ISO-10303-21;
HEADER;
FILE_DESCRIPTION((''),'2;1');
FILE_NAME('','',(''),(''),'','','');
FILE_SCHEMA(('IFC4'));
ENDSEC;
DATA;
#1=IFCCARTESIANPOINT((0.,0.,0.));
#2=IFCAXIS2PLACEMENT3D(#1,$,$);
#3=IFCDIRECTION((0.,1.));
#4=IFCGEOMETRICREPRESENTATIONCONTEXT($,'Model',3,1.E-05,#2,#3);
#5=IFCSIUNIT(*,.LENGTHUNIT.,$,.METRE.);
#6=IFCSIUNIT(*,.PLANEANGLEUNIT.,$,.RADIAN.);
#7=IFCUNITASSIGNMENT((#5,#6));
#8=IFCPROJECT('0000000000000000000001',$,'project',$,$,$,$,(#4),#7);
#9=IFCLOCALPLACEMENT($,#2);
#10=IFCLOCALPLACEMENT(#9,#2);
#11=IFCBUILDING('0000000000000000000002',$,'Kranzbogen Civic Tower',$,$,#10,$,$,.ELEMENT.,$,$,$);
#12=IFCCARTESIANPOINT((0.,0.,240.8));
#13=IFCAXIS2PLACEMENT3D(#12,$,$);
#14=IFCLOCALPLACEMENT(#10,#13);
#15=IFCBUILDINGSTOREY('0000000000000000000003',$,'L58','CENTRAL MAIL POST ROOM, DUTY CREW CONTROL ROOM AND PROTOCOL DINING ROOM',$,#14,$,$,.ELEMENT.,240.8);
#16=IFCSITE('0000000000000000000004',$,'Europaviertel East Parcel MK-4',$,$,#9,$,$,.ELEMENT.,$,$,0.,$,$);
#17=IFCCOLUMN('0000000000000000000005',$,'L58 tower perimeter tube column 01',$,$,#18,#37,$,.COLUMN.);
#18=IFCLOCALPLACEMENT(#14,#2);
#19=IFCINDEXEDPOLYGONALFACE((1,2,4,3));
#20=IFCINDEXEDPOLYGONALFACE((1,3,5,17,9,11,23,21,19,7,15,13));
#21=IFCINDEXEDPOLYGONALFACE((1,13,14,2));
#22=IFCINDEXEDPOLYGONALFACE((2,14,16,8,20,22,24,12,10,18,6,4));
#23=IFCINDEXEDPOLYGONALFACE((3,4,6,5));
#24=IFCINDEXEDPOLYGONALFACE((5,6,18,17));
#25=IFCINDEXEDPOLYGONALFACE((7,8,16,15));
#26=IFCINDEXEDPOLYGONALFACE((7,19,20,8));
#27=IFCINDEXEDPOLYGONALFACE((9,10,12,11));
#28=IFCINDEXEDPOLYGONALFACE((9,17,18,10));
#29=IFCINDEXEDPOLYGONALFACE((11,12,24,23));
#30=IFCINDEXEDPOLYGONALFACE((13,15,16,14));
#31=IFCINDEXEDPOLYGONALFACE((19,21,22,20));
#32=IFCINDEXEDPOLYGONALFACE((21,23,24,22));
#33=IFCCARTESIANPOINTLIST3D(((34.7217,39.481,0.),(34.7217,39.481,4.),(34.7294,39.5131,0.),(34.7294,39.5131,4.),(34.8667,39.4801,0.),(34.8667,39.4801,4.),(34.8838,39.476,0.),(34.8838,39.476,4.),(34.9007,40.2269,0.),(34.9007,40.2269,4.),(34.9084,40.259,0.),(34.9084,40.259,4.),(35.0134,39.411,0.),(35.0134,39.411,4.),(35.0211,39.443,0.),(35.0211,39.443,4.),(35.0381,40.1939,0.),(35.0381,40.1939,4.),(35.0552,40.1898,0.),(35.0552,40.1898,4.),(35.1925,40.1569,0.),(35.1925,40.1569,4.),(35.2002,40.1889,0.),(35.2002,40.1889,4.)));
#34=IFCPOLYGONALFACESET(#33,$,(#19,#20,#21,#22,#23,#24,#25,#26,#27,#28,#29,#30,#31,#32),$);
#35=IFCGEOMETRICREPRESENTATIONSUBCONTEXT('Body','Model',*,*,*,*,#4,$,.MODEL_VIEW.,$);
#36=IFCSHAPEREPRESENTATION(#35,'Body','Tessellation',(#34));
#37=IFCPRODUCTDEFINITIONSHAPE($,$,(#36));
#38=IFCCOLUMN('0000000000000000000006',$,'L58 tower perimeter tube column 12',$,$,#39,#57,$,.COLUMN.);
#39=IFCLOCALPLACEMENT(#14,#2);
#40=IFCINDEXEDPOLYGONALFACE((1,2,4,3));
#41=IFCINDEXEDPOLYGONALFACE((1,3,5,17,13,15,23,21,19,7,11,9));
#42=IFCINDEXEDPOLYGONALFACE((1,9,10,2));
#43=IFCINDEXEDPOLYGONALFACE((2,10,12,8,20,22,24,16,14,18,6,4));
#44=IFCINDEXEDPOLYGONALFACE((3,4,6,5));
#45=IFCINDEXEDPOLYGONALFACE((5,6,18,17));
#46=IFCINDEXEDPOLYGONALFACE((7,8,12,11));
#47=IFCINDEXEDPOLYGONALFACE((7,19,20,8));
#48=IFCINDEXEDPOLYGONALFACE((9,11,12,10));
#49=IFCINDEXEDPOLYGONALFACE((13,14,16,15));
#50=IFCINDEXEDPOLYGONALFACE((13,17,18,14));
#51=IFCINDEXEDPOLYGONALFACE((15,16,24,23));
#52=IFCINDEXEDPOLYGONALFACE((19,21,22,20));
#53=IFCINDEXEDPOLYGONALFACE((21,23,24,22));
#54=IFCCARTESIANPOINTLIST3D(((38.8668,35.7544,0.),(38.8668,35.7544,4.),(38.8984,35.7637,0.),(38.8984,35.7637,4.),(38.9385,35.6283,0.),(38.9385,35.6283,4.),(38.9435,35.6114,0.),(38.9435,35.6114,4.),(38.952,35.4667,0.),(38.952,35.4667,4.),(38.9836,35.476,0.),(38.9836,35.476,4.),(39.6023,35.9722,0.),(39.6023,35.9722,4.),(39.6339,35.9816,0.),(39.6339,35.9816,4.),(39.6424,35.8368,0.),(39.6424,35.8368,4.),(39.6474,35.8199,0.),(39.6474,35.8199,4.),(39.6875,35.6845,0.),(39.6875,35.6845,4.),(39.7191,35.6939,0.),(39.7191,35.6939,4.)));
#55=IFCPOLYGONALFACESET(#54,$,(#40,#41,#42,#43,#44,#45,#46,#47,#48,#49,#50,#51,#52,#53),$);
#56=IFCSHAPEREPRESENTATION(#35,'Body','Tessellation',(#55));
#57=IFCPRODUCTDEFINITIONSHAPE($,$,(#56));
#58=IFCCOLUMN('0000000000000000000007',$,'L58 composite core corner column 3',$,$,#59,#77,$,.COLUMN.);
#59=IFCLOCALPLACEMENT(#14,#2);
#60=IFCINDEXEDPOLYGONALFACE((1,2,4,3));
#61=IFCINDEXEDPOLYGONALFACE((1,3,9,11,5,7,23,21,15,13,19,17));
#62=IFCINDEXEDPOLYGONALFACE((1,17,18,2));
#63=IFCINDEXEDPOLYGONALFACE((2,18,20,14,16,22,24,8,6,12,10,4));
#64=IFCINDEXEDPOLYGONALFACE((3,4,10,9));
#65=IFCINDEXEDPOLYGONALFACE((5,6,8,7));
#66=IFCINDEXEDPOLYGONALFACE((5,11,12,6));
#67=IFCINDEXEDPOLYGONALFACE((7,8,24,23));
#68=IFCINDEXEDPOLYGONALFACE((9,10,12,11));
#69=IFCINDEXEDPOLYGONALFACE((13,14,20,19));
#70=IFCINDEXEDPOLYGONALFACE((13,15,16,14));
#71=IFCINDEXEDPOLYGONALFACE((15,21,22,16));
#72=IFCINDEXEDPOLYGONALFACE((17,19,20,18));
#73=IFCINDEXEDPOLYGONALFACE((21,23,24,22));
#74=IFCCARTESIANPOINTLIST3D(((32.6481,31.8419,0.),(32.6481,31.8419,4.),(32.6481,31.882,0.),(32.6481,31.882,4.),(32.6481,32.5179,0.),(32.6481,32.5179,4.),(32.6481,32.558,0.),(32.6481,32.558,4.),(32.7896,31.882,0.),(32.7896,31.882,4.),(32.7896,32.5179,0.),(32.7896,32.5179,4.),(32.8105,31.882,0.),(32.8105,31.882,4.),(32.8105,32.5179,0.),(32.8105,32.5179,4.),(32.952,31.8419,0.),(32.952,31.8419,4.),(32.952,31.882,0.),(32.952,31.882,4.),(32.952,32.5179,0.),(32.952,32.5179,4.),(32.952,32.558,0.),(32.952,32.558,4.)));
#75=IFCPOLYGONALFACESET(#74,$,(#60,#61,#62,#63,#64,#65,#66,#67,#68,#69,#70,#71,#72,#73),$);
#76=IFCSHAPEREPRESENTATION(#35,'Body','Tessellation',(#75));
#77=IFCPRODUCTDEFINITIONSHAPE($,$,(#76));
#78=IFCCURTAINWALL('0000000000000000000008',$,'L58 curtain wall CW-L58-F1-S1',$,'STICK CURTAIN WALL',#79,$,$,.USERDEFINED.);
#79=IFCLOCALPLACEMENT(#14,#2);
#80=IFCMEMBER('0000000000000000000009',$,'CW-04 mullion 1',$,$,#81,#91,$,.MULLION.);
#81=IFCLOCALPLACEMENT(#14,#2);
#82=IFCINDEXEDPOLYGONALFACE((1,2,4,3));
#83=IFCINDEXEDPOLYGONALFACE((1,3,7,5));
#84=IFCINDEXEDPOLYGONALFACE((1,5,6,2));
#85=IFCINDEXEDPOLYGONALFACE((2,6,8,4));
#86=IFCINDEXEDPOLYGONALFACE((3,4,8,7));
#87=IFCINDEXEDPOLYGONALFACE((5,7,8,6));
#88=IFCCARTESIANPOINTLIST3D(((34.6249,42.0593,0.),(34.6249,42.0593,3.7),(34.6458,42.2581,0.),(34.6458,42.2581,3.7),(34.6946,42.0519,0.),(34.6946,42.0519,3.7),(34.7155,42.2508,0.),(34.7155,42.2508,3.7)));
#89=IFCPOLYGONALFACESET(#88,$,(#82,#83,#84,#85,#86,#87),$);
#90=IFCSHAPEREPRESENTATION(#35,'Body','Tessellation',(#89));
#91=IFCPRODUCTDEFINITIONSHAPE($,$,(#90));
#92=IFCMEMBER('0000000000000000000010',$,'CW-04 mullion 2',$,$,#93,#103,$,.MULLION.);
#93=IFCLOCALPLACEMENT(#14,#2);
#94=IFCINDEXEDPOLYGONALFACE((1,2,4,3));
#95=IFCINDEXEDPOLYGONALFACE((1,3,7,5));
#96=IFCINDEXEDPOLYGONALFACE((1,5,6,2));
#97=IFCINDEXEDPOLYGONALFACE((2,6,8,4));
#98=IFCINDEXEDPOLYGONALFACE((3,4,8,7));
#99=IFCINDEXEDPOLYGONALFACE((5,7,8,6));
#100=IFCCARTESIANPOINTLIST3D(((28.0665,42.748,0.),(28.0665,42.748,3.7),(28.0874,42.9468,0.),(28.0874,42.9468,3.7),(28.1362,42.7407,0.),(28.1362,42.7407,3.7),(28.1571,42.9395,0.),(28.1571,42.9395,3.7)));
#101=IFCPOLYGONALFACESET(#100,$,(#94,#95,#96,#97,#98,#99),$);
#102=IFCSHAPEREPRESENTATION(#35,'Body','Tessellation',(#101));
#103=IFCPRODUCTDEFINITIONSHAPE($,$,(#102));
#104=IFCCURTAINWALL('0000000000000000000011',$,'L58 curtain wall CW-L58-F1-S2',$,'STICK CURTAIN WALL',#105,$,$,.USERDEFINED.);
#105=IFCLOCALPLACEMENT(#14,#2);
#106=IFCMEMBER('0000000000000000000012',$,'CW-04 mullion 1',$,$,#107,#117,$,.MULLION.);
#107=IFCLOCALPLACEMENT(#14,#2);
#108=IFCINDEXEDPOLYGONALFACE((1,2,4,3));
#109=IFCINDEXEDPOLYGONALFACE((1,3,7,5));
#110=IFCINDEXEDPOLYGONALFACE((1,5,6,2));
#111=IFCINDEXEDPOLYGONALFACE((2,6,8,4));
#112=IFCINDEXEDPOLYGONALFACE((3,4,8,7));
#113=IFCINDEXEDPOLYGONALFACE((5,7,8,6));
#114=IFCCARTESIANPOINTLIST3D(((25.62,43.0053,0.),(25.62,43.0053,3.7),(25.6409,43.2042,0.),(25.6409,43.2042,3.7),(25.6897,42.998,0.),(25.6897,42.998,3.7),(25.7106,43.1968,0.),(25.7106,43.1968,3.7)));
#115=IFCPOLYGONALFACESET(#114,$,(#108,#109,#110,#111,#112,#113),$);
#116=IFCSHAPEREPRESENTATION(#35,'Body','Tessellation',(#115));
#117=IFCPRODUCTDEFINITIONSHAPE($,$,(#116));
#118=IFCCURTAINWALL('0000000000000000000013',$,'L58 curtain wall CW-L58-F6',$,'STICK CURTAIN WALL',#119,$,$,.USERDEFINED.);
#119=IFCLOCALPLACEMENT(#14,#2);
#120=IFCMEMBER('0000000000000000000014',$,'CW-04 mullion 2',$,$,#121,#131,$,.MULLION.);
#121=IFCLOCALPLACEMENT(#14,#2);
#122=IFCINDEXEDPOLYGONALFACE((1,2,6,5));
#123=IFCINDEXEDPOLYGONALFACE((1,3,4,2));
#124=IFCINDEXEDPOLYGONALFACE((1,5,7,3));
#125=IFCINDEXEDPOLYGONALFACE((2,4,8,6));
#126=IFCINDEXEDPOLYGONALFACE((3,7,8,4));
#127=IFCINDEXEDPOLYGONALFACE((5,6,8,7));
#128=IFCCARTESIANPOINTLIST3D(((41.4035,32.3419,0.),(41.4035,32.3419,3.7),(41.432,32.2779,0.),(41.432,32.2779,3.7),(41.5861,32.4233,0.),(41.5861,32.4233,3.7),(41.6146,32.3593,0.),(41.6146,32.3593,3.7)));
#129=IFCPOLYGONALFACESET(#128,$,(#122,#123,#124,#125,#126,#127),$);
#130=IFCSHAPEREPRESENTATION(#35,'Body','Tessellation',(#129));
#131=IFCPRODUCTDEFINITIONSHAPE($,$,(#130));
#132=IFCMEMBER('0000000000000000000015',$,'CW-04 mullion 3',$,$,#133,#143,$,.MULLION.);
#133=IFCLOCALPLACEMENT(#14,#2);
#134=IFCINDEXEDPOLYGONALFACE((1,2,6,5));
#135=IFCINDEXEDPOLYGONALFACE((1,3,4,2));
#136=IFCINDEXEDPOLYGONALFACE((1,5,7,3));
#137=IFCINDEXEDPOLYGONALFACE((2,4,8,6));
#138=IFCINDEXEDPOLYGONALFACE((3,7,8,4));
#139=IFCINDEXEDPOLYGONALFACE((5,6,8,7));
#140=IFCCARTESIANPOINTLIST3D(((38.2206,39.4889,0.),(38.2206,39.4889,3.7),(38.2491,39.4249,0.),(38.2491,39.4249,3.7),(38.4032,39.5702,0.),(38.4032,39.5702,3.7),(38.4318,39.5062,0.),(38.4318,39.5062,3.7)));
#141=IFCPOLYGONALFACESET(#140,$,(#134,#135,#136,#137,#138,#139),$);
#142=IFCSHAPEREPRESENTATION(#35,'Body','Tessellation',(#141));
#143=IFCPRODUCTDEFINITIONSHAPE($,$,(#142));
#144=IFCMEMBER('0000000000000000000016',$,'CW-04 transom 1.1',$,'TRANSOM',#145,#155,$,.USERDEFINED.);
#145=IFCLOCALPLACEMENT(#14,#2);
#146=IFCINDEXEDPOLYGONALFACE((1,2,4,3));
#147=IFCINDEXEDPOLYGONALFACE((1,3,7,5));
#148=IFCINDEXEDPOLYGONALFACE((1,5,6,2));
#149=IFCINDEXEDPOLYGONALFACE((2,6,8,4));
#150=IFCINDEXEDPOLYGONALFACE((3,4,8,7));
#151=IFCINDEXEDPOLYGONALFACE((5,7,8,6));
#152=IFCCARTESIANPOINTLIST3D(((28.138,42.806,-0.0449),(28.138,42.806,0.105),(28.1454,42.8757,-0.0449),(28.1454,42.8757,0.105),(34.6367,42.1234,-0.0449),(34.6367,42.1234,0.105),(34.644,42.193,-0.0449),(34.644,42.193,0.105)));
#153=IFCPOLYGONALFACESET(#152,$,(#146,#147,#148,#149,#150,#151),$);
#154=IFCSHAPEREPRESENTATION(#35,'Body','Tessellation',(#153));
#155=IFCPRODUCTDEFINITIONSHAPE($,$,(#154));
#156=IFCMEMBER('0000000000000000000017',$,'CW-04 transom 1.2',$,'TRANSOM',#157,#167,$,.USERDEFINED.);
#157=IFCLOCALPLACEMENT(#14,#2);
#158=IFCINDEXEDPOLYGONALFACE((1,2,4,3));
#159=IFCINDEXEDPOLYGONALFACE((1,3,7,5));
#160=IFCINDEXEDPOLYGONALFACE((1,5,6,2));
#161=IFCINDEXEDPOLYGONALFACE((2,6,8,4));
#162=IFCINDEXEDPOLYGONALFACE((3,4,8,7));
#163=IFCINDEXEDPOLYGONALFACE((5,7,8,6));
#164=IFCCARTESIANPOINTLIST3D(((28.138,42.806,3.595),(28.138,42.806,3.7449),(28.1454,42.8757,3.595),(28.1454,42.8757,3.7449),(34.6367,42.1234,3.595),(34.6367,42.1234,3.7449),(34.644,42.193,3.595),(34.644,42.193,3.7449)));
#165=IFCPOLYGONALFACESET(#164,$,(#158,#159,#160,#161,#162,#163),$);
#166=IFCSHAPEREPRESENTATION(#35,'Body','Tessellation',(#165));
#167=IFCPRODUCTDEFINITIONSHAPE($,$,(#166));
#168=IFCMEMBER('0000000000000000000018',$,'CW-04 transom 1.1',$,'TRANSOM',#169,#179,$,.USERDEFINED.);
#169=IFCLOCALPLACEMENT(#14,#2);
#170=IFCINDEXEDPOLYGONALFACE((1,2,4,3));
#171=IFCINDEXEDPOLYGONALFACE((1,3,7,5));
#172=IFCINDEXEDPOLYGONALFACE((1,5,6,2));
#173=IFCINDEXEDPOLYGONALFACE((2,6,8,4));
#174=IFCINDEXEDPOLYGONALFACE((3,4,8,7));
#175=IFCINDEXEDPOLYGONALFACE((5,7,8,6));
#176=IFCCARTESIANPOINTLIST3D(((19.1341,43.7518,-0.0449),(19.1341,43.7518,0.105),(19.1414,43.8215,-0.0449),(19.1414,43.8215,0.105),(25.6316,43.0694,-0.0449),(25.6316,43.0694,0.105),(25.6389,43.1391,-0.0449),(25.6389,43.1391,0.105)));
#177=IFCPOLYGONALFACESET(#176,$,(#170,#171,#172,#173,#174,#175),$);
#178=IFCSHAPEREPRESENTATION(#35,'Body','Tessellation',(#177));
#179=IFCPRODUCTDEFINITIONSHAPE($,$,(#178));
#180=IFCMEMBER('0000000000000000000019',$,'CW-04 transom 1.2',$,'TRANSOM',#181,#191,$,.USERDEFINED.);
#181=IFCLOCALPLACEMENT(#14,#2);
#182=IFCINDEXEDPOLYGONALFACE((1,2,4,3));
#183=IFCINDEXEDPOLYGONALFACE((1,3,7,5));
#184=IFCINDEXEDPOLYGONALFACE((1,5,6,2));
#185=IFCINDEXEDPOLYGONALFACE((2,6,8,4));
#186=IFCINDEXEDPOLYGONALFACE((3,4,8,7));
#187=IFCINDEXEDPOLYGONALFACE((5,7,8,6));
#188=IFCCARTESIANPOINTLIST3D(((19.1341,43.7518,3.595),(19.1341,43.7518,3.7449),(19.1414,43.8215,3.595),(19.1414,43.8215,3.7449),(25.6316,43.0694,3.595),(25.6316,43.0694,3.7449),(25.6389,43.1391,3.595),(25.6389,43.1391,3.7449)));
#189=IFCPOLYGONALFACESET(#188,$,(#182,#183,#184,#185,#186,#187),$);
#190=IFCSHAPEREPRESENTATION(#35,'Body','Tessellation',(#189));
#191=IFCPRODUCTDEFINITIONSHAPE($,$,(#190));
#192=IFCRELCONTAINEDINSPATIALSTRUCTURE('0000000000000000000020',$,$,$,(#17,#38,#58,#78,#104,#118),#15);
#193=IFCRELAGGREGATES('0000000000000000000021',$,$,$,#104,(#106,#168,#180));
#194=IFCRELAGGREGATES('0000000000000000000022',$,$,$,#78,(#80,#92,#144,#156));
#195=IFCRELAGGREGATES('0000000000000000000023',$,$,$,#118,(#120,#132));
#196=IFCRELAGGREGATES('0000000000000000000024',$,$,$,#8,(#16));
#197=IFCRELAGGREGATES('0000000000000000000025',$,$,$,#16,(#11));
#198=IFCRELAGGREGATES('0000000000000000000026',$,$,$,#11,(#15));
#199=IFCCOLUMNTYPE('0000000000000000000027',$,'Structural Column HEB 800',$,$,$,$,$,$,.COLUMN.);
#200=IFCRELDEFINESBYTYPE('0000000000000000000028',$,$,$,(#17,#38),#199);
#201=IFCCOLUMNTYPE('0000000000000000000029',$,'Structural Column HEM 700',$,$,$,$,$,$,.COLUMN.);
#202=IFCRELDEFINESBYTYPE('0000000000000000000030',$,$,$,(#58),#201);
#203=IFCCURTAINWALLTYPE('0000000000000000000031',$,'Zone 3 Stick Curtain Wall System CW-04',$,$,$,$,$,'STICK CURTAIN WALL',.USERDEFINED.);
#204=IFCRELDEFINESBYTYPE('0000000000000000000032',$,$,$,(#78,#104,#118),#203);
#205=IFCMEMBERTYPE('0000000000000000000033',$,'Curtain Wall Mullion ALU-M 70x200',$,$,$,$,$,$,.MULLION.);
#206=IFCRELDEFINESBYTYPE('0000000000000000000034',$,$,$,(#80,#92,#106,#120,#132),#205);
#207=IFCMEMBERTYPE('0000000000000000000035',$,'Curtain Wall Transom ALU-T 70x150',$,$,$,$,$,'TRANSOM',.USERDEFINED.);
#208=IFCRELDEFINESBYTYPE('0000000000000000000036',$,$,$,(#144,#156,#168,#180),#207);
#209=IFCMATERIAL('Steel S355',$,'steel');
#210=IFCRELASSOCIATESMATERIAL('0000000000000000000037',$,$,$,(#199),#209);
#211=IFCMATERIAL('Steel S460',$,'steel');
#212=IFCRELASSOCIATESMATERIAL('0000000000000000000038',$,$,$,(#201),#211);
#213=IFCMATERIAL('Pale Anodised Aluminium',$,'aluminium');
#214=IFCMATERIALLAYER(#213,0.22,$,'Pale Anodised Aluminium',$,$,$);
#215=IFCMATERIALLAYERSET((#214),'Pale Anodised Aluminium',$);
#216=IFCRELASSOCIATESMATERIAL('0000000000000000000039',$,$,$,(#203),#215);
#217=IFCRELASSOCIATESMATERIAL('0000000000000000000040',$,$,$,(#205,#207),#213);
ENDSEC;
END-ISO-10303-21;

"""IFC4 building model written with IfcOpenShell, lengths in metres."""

from ifc_helpers import new_model, si_unit, direction, frame, origin, origin_2d, place, context, subcontext, project, spatial, rectangle, i_section, extrude, material, layer, layer_set, material_profile, profile_set, type_object, element, aggregate, save


model = new_model("IFC4")

# Units and contexts
model_context = context("Model", 3, precision=1e-05, world=origin(), true_north=direction((0.0, 1.0)))
body_context = subcontext(model_context, "Body", "Model", "MODEL_VIEW")
ifc_project = project(units=[si_unit("LENGTHUNIT", "METRE"), si_unit("PLANEANGLEUNIT", "RADIAN")], contexts=[model_context])

# Site, building, storey
site_placement = place(None, origin())
site = spatial("IfcSite", under=ifc_project, at=site_placement, Name="Europaviertel East Parcel MK-4", CompositionType="ELEMENT", RefElevation=0.0)
building_placement = place(site_placement, origin())
building = spatial("IfcBuilding", under=site, at=building_placement, Name="Kranzbogen Civic Tower", CompositionType="ELEMENT")
storey_placement = place(building_placement, frame((0.0, 0.0, 240.8)))
storey = spatial("IfcBuildingStorey", under=building, at=storey_placement, Name="L58", Description="CENTRAL MAIL POST ROOM, DUTY CREW CONTROL ROOM AND PROTOCOL DINING ROOM", CompositionType="ELEMENT", Elevation=240.8)

# Columns
ifc_material_1 = material(Name="Steel S355", Category="steel")
ifc_material_profile_1 = material_profile(ifc_material_1, i_section(OverallWidth=0.3, OverallDepth=0.8, WebThickness=0.0176, FlangeThickness=0.033, at=origin_2d()), Name="HEB 800")
ifc_profile_set_1 = profile_set([ifc_material_profile_1], Name="Steel S355")
column_type_1 = type_object("IfcColumnType", Name="Structural Column HEB 800", PredefinedType="COLUMN", material=ifc_profile_set_1)
for number, where, z_axis, x_axis, name in (
    (1, (34.9609, 39.835, 0.0), (0.0, 0.0, 1.0), (-0.97237, 0.233445, 0.0), "L58 tower perimeter tube column 01"),
    (2, (39.293, 35.7241, 0.0), (0.0, 0.0, 1.0), (-0.284015, 0.95882, 0.0), "L58 tower perimeter tube column 12"),
):
    element("IfcColumn", number, at=place(storey_placement, frame(where, z_axis=z_axis, x_axis=x_axis)), inside=storey, type_object=column_type_1, Name=name, PredefinedType="COLUMN", context=body_context, shape_type="SweptSolid", body=[
        extrude(i_section(OverallWidth=0.3, OverallDepth=0.8, WebThickness=0.0176, FlangeThickness=0.033, at=origin_2d()), origin(), (0.0, 0.0, 1.0), 4.0),
    ])
ifc_material_2 = material(Name="Steel S460", Category="steel")
ifc_material_profile_2 = material_profile(ifc_material_2, i_section(OverallWidth=0.304, OverallDepth=0.7161, WebThickness=0.021, FlangeThickness=0.04, at=origin_2d()), Name="HEM 700")
ifc_profile_set_2 = profile_set([ifc_material_profile_2], Name="Steel S460")
column_type_2 = type_object("IfcColumnType", Name="Structural Column HEM 700", PredefinedType="COLUMN", material=ifc_profile_set_2)
column_placement = place(storey_placement, frame((32.8, 32.2, 0.0), z_axis=(0.0, 0.0, 1.0), x_axis=(1.0, 0.0, 0.0)))
element("IfcColumn", 3, at=column_placement, inside=storey, type_object=column_type_2, Name="L58 composite core corner column 3", PredefinedType="COLUMN", context=body_context, shape_type="SweptSolid", body=[
    extrude(i_section(OverallWidth=0.304, OverallDepth=0.7161, WebThickness=0.021, FlangeThickness=0.04, at=origin_2d()), origin(), (0.0, 0.0, 1.0), 4.0),
])

# Curtain wall, members
ifc_material_3 = material(Name="Pale Anodised Aluminium", Category="aluminium")
ifc_layer_1 = layer(ifc_material_3, 0.22, Name="Pale Anodised Aluminium")
ifc_layer_set_1 = layer_set([ifc_layer_1], Name="Pale Anodised Aluminium")
curtain_wall_type = type_object("IfcCurtainWallType", Name="Zone 3 Stick Curtain Wall System CW-04", ElementType="STICK CURTAIN WALL", PredefinedType="USERDEFINED", material=ifc_layer_set_1)
curtain_wall_1_placement = place(storey_placement, origin())
curtain_wall_1 = element("IfcCurtainWall", 4, at=curtain_wall_1_placement, inside=storey, type_object=curtain_wall_type, Name="L58 curtain wall CW-L58-F1-S1", ObjectType="STICK CURTAIN WALL", PredefinedType="USERDEFINED")
ifc_material_profile_3 = material_profile(ifc_material_3, rectangle(XDim=0.0701, YDim=0.2, at=origin_2d()), Name="ALU-M 70x200")
ifc_profile_set_3 = profile_set([ifc_material_profile_3], Name="Pale Anodised Aluminium")
member_type_1 = type_object("IfcMemberType", Name="Curtain Wall Mullion ALU-M 70x200", PredefinedType="MULLION", material=ifc_profile_set_3)
member_1_placement = place(storey_placement, frame((34.6702, 42.155, 0.0), z_axis=(0.0, 0.0, 1.0), x_axis=(-0.994531, 0.104442, 0.0)))
member_1 = element("IfcMember", 5, at=member_1_placement, type_object=member_type_1, Name="CW-04 mullion 1", PredefinedType="MULLION", context=body_context, shape_type="SweptSolid", body=[
    extrude(rectangle(XDim=0.0701, YDim=0.2, at=origin_2d()), origin(), (0.0, 0.0, 1.0), 3.7),
])
member_2_placement = place(storey_placement, frame((28.1118, 42.8438, 0.0), z_axis=(0.0, 0.0, 1.0), x_axis=(-0.994531, 0.104442, 0.0)))
member_2 = element("IfcMember", 6, at=member_2_placement, type_object=member_type_1, Name="CW-04 mullion 2", PredefinedType="MULLION", context=body_context, shape_type="SweptSolid", body=[
    extrude(rectangle(XDim=0.0701, YDim=0.2, at=origin_2d()), origin(), (0.0, 0.0, 1.0), 3.7),
])

# Curtain wall, member
curtain_wall_2_placement = place(storey_placement, origin())
curtain_wall_2 = element("IfcCurtainWall", 7, at=curtain_wall_2_placement, inside=storey, type_object=curtain_wall_type, Name="L58 curtain wall CW-L58-F1-S2", ObjectType="STICK CURTAIN WALL", PredefinedType="USERDEFINED")
member_3_placement = place(storey_placement, frame((25.6653, 43.1011, 0.0), z_axis=(0.0, 0.0, 1.0), x_axis=(-0.994529, 0.104458, 0.0)))
member_3 = element("IfcMember", 8, at=member_3_placement, type_object=member_type_1, Name="CW-04 mullion 1", PredefinedType="MULLION", context=body_context, shape_type="SweptSolid", body=[
    extrude(rectangle(XDim=0.0701, YDim=0.2, at=origin_2d()), origin(), (0.0, 0.0, 1.0), 3.7),
])

# Curtain wall, members
curtain_wall_3_placement = place(storey_placement, origin())
curtain_wall_3 = element("IfcCurtainWall", 9, at=curtain_wall_3_placement, inside=storey, type_object=curtain_wall_type, Name="L58 curtain wall CW-L58-F6", ObjectType="STICK CURTAIN WALL", PredefinedType="USERDEFINED")
member_4_placement = place(storey_placement, frame((41.509, 32.3506, 0.0), z_axis=(0.0, 0.0, 1.0), x_axis=(-0.406812, 0.913512, 0.0)))
member_4 = element("IfcMember", 10, at=member_4_placement, type_object=member_type_1, Name="CW-04 mullion 2", PredefinedType="MULLION", context=body_context, shape_type="SweptSolid", body=[
    extrude(rectangle(XDim=0.0701, YDim=0.2, at=origin_2d()), origin(), (0.0, 0.0, 1.0), 3.7),
])
member_5_placement = place(storey_placement, frame((38.3262, 39.4976, 0.0), z_axis=(0.0, 0.0, 1.0), x_axis=(-0.406812, 0.913512, 0.0)))
member_5 = element("IfcMember", 11, at=member_5_placement, type_object=member_type_1, Name="CW-04 mullion 3", PredefinedType="MULLION", context=body_context, shape_type="SweptSolid", body=[
    extrude(rectangle(XDim=0.0701, YDim=0.2, at=origin_2d()), origin(), (0.0, 0.0, 1.0), 3.7),
])

# Members
ifc_material_profile_4 = material_profile(ifc_material_3, rectangle(XDim=0.0701, YDim=0.1499, at=origin_2d()), Name="ALU-T 70x150")
ifc_profile_set_4 = profile_set([ifc_material_profile_4], Name="Pale Anodised Aluminium")
member_type_2 = type_object("IfcMemberType", Name="Curtain Wall Transom ALU-T 70x150", ElementType="TRANSOM", PredefinedType="USERDEFINED", material=ifc_profile_set_4)
member_6_placement = place(storey_placement, frame((34.6404, 42.1582, 0.03), z_axis=(-0.994529, 0.104463, 0.0), x_axis=(-0.104463, -0.994529, 0.0)))
member_6 = element("IfcMember", 12, at=member_6_placement, type_object=member_type_2, Name="CW-04 transom 1.1", ObjectType="TRANSOM", PredefinedType="USERDEFINED", context=body_context, shape_type="SweptSolid", body=[
    extrude(rectangle(XDim=0.0701, YDim=0.1499, at=origin_2d()), origin(), (0.0, 0.0, 1.0), 6.5344),
])
member_7_placement = place(storey_placement, frame((34.6404, 42.1582, 3.6699), z_axis=(-0.994529, 0.104463, 0.0), x_axis=(-0.104463, -0.994529, 0.0)))
member_7 = element("IfcMember", 13, at=member_7_placement, type_object=member_type_2, Name="CW-04 transom 1.2", ObjectType="TRANSOM", PredefinedType="USERDEFINED", context=body_context, shape_type="SweptSolid", body=[
    extrude(rectangle(XDim=0.0701, YDim=0.1499, at=origin_2d()), origin(), (0.0, 0.0, 1.0), 6.5344),
])
member_8_placement = place(storey_placement, frame((25.6353, 43.1042, 0.03), z_axis=(-0.994531, 0.104446, 0.0), x_axis=(-0.104446, -0.994531, 0.0)))
member_8 = element("IfcMember", 14, at=member_8_placement, type_object=member_type_2, Name="CW-04 transom 1.1", ObjectType="TRANSOM", PredefinedType="USERDEFINED", context=body_context, shape_type="SweptSolid", body=[
    extrude(rectangle(XDim=0.0701, YDim=0.1499, at=origin_2d()), origin(), (0.0, 0.0, 1.0), 6.5332),
])
member_9_placement = place(storey_placement, frame((25.6353, 43.1042, 3.6699), z_axis=(-0.994531, 0.104446, 0.0), x_axis=(-0.104446, -0.994531, 0.0)))
member_9 = element("IfcMember", 15, at=member_9_placement, type_object=member_type_2, Name="CW-04 transom 1.2", ObjectType="TRANSOM", PredefinedType="USERDEFINED", context=body_context, shape_type="SweptSolid", body=[
    extrude(rectangle(XDim=0.0701, YDim=0.1499, at=origin_2d()), origin(), (0.0, 0.0, 1.0), 6.5332),
])
aggregate(curtain_wall_2, [member_3, member_8, member_9])

aggregate(curtain_wall_1, [member_1, member_2, member_6, member_7])
aggregate(curtain_wall_3, [member_4, member_5])

save(model, "model.ifc")
